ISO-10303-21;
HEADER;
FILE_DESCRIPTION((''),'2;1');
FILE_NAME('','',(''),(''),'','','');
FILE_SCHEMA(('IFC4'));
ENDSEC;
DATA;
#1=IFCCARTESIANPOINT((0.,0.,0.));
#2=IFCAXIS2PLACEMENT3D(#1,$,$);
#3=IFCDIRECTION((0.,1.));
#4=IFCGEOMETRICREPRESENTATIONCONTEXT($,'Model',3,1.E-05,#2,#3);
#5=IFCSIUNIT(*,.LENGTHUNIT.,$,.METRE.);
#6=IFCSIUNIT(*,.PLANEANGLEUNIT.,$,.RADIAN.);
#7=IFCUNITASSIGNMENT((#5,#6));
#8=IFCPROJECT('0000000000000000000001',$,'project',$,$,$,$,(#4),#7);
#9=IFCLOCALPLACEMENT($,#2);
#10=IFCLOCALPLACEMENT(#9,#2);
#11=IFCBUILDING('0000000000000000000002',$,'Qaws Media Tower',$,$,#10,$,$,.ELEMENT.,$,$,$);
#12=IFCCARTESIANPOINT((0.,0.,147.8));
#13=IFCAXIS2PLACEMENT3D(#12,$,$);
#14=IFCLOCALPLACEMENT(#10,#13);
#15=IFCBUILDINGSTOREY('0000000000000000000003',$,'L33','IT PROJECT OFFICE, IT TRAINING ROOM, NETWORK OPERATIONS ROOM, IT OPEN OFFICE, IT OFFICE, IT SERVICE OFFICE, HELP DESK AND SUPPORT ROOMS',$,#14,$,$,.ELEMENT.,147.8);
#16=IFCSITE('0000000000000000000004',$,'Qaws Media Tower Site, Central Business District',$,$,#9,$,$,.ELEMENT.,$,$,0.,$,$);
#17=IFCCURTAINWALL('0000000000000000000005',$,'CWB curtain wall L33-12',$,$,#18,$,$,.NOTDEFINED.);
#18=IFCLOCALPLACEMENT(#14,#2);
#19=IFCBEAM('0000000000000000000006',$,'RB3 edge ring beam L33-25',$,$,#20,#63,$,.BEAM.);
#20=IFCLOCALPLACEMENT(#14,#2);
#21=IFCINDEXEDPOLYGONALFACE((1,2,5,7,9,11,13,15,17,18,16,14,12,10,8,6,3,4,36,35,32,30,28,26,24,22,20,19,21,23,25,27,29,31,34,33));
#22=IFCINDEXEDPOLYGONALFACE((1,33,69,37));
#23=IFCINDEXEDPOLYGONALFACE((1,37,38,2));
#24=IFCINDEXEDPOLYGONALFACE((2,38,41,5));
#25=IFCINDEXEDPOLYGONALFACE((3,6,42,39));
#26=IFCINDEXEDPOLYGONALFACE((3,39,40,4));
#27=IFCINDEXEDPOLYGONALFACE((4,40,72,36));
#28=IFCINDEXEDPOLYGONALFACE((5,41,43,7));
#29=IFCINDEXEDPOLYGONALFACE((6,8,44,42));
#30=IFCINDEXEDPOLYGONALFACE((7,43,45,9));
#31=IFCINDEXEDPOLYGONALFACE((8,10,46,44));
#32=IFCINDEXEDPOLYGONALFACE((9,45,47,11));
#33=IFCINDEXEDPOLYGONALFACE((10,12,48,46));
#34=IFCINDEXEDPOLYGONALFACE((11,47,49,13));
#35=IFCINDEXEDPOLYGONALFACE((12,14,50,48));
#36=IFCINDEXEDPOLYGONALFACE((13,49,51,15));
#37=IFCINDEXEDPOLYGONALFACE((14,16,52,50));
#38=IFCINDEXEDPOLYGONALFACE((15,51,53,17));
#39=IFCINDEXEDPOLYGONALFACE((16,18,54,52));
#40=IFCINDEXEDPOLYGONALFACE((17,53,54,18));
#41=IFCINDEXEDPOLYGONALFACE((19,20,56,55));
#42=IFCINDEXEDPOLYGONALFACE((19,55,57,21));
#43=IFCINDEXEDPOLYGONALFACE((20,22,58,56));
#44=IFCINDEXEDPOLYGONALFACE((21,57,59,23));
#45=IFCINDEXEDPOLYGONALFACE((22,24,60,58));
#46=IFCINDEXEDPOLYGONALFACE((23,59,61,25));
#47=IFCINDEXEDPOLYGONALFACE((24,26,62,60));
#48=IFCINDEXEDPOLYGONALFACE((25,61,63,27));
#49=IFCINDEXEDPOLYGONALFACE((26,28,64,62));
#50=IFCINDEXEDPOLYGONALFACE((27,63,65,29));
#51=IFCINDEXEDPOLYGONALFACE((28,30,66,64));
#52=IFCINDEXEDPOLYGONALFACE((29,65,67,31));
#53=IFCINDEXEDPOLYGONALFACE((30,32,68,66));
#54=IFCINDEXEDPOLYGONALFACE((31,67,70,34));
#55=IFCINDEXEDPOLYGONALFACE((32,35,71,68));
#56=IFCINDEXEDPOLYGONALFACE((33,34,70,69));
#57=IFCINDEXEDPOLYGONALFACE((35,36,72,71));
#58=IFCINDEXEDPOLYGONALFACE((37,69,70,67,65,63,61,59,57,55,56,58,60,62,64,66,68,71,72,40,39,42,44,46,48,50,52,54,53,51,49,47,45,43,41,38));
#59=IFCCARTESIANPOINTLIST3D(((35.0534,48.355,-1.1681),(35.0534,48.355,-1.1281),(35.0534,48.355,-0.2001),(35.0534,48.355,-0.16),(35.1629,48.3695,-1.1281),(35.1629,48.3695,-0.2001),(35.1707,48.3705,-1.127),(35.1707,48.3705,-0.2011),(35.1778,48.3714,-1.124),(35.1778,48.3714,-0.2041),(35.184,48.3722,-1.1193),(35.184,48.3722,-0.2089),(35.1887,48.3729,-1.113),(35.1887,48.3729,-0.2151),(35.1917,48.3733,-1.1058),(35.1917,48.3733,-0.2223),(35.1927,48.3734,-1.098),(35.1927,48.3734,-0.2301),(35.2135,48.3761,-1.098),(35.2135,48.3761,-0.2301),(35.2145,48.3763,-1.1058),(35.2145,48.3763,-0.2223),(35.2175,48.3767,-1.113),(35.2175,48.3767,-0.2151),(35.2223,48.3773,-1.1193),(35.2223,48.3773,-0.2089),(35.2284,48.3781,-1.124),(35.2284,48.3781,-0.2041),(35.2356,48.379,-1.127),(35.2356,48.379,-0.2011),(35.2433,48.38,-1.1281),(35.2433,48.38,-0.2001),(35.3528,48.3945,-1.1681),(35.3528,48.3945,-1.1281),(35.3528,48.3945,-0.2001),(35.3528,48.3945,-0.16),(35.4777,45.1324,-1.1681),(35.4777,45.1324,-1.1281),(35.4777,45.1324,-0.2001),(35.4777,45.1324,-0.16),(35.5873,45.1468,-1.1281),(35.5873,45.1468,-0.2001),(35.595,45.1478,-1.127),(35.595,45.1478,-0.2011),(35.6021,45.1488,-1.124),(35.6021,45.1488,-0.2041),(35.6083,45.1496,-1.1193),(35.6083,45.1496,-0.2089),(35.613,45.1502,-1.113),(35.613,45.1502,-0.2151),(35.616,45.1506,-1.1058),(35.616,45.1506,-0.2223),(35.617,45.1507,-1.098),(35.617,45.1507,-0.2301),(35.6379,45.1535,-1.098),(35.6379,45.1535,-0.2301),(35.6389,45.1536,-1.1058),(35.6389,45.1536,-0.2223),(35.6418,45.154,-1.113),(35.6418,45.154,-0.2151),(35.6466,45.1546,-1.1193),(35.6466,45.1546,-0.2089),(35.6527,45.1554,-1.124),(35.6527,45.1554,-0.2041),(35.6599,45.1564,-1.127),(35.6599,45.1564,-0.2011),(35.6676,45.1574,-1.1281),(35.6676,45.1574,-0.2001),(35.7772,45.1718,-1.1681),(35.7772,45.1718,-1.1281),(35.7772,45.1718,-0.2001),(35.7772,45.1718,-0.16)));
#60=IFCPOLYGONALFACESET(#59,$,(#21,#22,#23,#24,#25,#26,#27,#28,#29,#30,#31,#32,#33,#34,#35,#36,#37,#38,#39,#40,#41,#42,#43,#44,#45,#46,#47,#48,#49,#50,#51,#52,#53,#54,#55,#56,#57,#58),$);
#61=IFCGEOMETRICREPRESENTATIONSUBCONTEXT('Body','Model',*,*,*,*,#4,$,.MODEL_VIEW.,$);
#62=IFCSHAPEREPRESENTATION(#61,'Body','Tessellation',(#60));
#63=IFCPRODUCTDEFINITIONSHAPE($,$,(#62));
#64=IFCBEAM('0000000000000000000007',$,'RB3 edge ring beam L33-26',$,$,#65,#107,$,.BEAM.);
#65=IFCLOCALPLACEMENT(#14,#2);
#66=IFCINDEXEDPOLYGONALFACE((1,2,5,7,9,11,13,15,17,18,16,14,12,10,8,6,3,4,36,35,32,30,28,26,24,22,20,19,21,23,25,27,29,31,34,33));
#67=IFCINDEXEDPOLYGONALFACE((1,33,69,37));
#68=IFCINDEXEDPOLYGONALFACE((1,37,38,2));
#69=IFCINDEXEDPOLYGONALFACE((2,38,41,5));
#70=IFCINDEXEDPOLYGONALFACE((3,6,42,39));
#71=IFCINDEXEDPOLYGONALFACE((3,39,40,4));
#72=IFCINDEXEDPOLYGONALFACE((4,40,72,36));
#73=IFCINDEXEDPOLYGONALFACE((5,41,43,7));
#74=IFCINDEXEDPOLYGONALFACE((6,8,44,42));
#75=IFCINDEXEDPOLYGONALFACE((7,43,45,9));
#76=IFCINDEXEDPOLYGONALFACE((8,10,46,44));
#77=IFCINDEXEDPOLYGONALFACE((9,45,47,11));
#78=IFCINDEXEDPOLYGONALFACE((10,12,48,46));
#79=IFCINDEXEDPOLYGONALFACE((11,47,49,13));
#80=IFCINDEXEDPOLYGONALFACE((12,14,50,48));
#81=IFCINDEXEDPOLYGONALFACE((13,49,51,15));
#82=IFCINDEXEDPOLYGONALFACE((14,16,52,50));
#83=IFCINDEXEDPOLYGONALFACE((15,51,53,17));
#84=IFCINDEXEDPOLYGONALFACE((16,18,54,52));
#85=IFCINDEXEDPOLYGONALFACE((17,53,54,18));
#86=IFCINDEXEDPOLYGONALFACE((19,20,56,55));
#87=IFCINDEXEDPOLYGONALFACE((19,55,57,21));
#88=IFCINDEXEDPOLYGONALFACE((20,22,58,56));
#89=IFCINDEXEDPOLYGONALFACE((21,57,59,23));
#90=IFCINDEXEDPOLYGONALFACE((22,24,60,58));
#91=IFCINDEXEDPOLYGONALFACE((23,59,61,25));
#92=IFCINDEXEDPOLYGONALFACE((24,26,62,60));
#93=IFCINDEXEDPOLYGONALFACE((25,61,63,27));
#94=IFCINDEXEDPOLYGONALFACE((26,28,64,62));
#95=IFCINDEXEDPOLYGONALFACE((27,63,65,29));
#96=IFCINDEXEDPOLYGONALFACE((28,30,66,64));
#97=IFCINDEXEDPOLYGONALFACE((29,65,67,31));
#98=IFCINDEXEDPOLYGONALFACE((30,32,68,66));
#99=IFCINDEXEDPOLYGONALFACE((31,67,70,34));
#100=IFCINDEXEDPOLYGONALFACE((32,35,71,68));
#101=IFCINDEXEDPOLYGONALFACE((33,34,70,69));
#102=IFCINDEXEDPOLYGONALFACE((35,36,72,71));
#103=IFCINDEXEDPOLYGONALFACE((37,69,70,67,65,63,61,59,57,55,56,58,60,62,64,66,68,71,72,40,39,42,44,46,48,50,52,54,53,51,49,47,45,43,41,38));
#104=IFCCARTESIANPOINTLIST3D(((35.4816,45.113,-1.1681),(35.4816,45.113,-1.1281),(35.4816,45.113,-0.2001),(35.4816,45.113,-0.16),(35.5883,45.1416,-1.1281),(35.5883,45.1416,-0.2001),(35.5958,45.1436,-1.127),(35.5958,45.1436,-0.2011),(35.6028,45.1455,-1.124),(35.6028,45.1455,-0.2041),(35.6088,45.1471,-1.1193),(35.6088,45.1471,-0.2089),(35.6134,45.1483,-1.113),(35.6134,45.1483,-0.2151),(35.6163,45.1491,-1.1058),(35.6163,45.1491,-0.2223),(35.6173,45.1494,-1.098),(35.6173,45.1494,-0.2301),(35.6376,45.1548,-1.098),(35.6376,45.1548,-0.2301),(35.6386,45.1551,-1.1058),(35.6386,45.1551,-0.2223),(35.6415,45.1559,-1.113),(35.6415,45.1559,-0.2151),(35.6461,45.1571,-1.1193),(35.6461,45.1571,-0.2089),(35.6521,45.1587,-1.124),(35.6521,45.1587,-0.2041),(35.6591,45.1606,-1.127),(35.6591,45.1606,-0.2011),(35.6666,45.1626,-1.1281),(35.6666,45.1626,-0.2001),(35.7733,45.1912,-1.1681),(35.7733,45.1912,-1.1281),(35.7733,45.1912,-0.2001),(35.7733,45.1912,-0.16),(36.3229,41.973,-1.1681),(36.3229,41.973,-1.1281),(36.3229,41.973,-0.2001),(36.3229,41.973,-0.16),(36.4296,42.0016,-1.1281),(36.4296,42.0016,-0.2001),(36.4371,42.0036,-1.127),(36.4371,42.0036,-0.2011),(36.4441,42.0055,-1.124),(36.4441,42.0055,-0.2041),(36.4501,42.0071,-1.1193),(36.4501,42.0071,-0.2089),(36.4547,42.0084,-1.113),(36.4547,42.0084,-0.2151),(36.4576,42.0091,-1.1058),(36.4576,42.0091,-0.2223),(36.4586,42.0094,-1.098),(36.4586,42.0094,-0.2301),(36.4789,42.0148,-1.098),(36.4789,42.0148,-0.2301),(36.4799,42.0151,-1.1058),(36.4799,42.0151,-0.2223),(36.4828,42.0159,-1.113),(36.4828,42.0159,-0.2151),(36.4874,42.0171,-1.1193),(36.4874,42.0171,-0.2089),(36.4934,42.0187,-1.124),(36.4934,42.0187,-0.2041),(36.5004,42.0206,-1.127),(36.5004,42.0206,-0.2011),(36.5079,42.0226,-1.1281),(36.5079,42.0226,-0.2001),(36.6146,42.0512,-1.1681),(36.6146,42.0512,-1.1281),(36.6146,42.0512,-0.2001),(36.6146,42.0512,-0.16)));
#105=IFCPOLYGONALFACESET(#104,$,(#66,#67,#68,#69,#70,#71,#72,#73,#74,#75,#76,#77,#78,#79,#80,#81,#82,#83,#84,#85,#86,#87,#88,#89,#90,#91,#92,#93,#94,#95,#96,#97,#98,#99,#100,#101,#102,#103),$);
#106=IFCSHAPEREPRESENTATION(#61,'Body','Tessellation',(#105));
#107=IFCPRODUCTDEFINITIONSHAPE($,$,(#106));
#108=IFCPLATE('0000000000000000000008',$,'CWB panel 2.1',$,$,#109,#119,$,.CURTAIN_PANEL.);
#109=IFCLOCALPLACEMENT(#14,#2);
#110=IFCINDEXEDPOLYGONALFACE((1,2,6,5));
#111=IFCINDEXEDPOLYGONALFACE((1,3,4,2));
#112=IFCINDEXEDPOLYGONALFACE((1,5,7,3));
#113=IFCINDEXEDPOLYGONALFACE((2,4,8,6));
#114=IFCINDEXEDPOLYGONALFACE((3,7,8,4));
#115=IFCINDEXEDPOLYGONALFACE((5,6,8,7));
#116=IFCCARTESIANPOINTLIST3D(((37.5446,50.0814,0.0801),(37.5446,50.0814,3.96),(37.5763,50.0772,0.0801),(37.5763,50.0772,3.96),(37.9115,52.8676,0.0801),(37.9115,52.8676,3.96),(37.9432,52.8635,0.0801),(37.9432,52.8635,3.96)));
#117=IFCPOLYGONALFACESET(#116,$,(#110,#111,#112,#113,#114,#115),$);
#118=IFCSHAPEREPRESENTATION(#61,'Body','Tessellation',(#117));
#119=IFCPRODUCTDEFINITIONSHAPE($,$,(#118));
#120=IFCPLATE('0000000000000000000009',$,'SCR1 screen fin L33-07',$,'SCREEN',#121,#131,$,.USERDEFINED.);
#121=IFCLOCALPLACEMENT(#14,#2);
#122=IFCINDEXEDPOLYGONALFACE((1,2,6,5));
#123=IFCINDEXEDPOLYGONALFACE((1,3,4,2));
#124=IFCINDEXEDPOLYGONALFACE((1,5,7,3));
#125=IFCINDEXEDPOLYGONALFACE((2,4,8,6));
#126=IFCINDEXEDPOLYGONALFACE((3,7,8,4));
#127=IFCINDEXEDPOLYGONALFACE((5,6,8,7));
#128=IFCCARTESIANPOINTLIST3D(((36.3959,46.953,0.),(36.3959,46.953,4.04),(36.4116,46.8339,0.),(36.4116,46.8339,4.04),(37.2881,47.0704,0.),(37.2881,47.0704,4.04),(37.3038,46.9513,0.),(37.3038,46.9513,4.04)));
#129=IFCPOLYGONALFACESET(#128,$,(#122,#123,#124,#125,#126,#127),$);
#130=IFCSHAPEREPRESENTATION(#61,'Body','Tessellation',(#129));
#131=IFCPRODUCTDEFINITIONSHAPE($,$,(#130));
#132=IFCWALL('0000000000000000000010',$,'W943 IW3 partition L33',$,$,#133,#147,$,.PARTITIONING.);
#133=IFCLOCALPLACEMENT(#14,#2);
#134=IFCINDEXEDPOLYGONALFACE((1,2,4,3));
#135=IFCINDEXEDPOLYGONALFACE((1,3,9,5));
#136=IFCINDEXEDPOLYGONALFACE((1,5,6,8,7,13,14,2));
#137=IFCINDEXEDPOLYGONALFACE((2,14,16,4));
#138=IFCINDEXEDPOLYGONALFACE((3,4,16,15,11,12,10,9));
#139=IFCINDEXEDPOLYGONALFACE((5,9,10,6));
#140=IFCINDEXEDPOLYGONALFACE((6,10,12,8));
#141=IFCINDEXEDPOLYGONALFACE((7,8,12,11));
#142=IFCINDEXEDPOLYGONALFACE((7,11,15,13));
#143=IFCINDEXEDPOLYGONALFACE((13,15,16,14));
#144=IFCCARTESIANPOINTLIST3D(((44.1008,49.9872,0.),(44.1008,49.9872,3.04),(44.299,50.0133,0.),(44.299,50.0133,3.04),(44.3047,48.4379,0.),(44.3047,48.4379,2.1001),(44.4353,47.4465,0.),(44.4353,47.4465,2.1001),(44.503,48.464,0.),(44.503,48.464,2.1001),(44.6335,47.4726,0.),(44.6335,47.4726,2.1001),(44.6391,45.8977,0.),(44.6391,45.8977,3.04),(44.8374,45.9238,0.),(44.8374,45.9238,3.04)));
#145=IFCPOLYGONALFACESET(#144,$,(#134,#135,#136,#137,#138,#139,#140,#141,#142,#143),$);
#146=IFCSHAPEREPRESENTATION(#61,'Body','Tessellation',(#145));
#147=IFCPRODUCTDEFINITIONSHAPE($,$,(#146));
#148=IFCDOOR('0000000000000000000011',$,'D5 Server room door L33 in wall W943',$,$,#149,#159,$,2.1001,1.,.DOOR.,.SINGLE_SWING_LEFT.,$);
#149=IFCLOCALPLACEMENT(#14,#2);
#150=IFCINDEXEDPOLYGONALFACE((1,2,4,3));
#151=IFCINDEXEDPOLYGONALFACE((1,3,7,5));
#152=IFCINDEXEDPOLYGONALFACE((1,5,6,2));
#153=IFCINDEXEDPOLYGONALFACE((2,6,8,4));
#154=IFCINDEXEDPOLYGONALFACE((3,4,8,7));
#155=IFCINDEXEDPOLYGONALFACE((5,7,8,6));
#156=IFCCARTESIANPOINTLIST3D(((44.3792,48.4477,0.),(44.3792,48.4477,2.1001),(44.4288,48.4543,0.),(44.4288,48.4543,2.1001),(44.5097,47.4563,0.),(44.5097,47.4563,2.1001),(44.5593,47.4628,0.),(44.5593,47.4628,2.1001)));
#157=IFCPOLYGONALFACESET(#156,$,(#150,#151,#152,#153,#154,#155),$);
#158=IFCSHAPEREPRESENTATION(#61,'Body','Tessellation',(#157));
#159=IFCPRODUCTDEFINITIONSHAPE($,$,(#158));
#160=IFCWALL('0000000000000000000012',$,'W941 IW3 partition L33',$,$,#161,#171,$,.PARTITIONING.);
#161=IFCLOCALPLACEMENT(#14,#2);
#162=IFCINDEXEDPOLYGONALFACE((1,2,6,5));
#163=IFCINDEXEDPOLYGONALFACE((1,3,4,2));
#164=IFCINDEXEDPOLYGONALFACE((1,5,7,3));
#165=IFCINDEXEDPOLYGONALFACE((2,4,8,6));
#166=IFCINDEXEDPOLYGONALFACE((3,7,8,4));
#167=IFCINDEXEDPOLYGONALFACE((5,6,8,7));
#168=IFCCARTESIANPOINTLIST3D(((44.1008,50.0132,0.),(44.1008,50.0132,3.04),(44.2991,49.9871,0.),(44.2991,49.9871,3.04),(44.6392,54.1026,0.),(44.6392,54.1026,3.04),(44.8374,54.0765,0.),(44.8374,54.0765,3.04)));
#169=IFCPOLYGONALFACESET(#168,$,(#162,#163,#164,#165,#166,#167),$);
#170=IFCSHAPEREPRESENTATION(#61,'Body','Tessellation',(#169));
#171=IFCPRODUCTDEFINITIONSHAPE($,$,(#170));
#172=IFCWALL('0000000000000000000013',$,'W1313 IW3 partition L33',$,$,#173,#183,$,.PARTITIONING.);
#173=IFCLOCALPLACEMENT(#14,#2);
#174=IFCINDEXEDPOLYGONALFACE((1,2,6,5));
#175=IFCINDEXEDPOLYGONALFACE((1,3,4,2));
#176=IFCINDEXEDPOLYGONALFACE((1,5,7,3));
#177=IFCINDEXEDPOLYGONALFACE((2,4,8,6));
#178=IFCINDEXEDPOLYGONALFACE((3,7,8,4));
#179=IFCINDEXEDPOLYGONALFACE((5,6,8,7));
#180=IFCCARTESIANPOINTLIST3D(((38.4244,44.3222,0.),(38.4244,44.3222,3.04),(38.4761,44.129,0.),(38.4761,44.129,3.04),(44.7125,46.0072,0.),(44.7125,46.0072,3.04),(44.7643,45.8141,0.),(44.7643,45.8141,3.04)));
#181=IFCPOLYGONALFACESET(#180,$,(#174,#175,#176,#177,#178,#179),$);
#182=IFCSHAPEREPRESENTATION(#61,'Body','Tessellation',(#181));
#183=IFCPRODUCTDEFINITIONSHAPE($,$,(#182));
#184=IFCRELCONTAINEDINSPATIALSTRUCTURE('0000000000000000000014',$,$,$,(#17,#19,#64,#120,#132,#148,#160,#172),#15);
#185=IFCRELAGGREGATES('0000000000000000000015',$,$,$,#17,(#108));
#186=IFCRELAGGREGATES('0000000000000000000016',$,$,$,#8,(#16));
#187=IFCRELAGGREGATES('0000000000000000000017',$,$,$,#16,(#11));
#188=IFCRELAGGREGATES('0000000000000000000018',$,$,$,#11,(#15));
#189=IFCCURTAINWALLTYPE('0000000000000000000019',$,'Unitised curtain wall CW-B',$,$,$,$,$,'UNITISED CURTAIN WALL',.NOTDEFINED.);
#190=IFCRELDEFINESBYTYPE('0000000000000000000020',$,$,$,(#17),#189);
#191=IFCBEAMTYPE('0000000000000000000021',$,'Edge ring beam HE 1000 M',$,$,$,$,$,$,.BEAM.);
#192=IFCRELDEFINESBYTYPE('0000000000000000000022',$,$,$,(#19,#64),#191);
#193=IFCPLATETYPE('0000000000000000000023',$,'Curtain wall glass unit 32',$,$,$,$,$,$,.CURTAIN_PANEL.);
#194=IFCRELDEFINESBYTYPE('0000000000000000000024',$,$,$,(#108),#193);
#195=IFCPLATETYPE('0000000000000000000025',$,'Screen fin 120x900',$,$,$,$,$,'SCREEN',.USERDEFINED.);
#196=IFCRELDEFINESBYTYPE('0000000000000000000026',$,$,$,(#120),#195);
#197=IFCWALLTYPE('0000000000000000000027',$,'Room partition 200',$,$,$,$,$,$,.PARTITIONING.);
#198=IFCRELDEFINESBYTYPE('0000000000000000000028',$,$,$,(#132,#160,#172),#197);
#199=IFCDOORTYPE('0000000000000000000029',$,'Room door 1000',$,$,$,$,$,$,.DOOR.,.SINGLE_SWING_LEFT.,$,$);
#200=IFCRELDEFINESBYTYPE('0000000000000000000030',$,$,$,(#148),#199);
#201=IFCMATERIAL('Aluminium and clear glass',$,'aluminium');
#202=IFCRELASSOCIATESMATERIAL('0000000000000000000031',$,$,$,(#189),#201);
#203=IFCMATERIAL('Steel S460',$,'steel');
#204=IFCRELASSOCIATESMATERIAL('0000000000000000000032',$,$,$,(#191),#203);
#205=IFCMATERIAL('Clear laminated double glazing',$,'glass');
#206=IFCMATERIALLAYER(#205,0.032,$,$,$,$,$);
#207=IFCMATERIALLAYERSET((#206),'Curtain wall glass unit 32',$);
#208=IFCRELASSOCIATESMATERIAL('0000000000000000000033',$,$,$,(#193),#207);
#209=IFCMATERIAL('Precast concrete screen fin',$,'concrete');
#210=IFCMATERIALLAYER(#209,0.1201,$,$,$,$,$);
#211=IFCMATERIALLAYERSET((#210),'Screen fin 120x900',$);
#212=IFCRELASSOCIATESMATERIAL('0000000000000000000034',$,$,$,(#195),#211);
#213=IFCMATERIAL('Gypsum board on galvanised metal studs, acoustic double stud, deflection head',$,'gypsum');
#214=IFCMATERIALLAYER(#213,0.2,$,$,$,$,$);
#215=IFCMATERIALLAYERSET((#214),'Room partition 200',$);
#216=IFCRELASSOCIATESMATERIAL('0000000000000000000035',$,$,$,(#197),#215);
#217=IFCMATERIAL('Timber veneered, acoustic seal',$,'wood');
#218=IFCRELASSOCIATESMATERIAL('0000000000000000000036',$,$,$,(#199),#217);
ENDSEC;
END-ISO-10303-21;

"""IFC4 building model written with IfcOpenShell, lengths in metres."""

from ifc_helpers import new_model, si_unit, direction, frame, frame_2d, origin, origin_2d, place, context, subcontext, project, spatial, rectangle, i_section, extrude, material, layer, layer_set, material_profile, profile_set, type_object, element, fill, aggregate, save


model = new_model("IFC4")

# Units and contexts
model_context = context("Model", 3, precision=1e-05, world=origin(), true_north=direction((0.0, 1.0)))
body_context = subcontext(model_context, "Body", "Model", "MODEL_VIEW")
ifc_project = project(units=[si_unit("LENGTHUNIT", "METRE"), si_unit("PLANEANGLEUNIT", "RADIAN")], contexts=[model_context])

# Site, building, storey
site_placement = place(None, origin())
site = spatial("IfcSite", under=ifc_project, at=site_placement, Name="Qaws Media Tower Site, Central Business District", CompositionType="ELEMENT", RefElevation=0.0)
building_placement = place(site_placement, origin())
building = spatial("IfcBuilding", under=site, at=building_placement, Name="Qaws Media Tower", CompositionType="ELEMENT")
storey_placement = place(building_placement, frame((0.0, 0.0, 147.8)))
storey = spatial("IfcBuildingStorey", under=building, at=storey_placement, Name="L33", Description="IT PROJECT OFFICE, IT TRAINING ROOM, NETWORK OPERATIONS ROOM, IT OPEN OFFICE, IT OFFICE, IT SERVICE OFFICE, HELP DESK AND SUPPORT ROOMS", CompositionType="ELEMENT", Elevation=147.8)

# Curtain wall
ifc_material_1 = material(Name="Aluminium and clear glass", Category="aluminium")
curtain_wall_type = type_object("IfcCurtainWallType", Name="Unitised curtain wall CW-B", ElementType="UNITISED CURTAIN WALL", PredefinedType="NOTDEFINED", material=ifc_material_1)
curtain_wall_1_placement = place(storey_placement, origin())
curtain_wall_1 = element("IfcCurtainWall", 1, at=curtain_wall_1_placement, inside=storey, type_object=curtain_wall_type, Name="CWB curtain wall L33-12", PredefinedType="NOTDEFINED")

# Beams
ifc_material_2 = material(Name="Steel S460", Category="steel")
ifc_material_profile_1 = material_profile(ifc_material_2, i_section(OverallWidth=0.302, OverallDepth=1.0081, WebThickness=0.021, FlangeThickness=0.04, FilletRadius=0.03, at=origin_2d()), Name="HE 1000 M")
ifc_profile_set_1 = profile_set([ifc_material_profile_1], Name="Steel S460")
beam_type = type_object("IfcBeamType", Name="Edge ring beam HE 1000 M", PredefinedType="BEAM", material=ifc_profile_set_1)
beam_1_placement = place(storey_placement, frame((35.2031, 48.3748, -0.6641), z_axis=(0.13054, -0.991443, 0.0), x_axis=(0.991443, 0.13054, 0.0)))
element("IfcBeam", 2, at=beam_1_placement, inside=storey, type_object=beam_type, Name="RB3 edge ring beam L33-25", PredefinedType="BEAM", context=body_context, shape_type="SweptSolid", body=[
    extrude(i_section(OverallWidth=0.302, OverallDepth=1.0081, WebThickness=0.021, FlangeThickness=0.04, FilletRadius=0.03, at=origin_2d()), origin(), (0.0, 0.0, 1.0), 3.2505),
])
beam_2_placement = place(storey_placement, frame((35.6274, 45.1521, -0.6641), z_axis=(0.258812, -0.965928, 0.0), x_axis=(0.965928, 0.258812, 0.0)))
element("IfcBeam", 3, at=beam_2_placement, inside=storey, type_object=beam_type, Name="RB3 edge ring beam L33-26", PredefinedType="BEAM", context=body_context, shape_type="SweptSolid", body=[
    extrude(i_section(OverallWidth=0.302, OverallDepth=1.0081, WebThickness=0.021, FlangeThickness=0.04, FilletRadius=0.03, at=origin_2d()), origin(), (0.0, 0.0, 1.0), 3.2507),
])

# Plates
ifc_material_3 = material(Name="Clear laminated double glazing", Category="glass")
ifc_layer_1 = layer(ifc_material_3, 0.032)
ifc_layer_set_1 = layer_set([ifc_layer_1], Name="Curtain wall glass unit 32")
plate_type_1 = type_object("IfcPlateType", Name="Curtain wall glass unit 32", PredefinedType="CURTAIN_PANEL", material=ifc_layer_set_1)
plate_1_placement = place(storey_placement, frame((37.7439, 51.4724, 0.0801), z_axis=(0.0, 0.0, 1.0), x_axis=(-0.130526, -0.991445, 0.0)))
plate_1 = element("IfcPlate", 4, at=plate_1_placement, type_object=plate_type_1, Name="CWB panel 2.1", PredefinedType="CURTAIN_PANEL", context=body_context, shape_type="SweptSolid", body=[
    extrude(rectangle(XDim=2.8103, YDim=0.032, at=origin_2d()), origin(), (0.0, 0.0, 1.0), 3.8799),
])
aggregate(curtain_wall_1, [plate_1])
ifc_material_4 = material(Name="Precast concrete screen fin", Category="concrete")
ifc_layer_2 = layer(ifc_material_4, 0.1201)
ifc_layer_set_2 = layer_set([ifc_layer_2], Name="Screen fin 120x900")
plate_type_2 = type_object("IfcPlateType", Name="Screen fin 120x900", ElementType="SCREEN", PredefinedType="USERDEFINED", material=ifc_layer_set_2)
plate_2_placement = place(storey_placement, frame((36.8499, 46.9521, 0.0), z_axis=(0.0, 0.0, 1.0), x_axis=(-0.991445, -0.130526, 0.0)))
element("IfcPlate", 5, at=plate_2_placement, inside=storey, type_object=plate_type_2, Name="SCR1 screen fin L33-07", ObjectType="SCREEN", PredefinedType="USERDEFINED", context=body_context, shape_type="SweptSolid", body=[
    extrude(rectangle(XDim=0.8999, YDim=0.1201, at=origin_2d()), origin(), (0.0, 0.0, 1.0), 4.04),
])

# Wall, opening, door
ifc_material_5 = material(Name="Gypsum board on galvanised metal studs, acoustic double stud, deflection head", Category="gypsum")
ifc_layer_3 = layer(ifc_material_5, 0.2)
ifc_layer_set_3 = layer_set([ifc_layer_3], Name="Room partition 200")
wall_type_1 = type_object("IfcWallType", Name="Room partition 200", PredefinedType="PARTITIONING", material=ifc_layer_set_3)
wall_1_placement = place(storey_placement, frame((44.7383, 45.9106, 0.0), z_axis=(0.0, 0.0, 1.0), x_axis=(-0.130516, 0.991446, 0.0)))
wall_1 = element("IfcWall", 6, at=wall_1_placement, inside=storey, type_object=wall_type_1, Name="W943 IW3 partition L33", PredefinedType="PARTITIONING", context=body_context, shape_type="SweptSolid", body=[
    extrude(rectangle(XDim=4.1248, YDim=0.2, at=frame_2d((2.0625, 0.0))), origin(), (0.0, 0.0, 1.0), 3.04),
])
opening_1_placement = place(wall_1_placement, frame((1.5623, 0.0, 0.0)))
opening_1 = element("IfcOpeningElement", 7, at=opening_1_placement, cuts=wall_1, PredefinedType="OPENING", context=body_context, shape_type="SweptSolid", body=[
    extrude(rectangle(XDim=1.0, YDim=2.1001, at=frame_2d((0.5, 1.05))), frame((0.0, 0.1099, 0.0), z_axis=(0.0, -1.0, 0.0), x_axis=(1.0, 0.0, 0.0)), (0.0, 0.0, 1.0), 0.22),
])
ifc_material_6 = material(Name="Timber veneered, acoustic seal", Category="wood")
door_type_1 = type_object("IfcDoorType", Name="Room door 1000", OperationType="SINGLE_SWING_LEFT", PredefinedType="DOOR", material=ifc_material_6)
door_1_placement = place(opening_1_placement, origin())
door_1 = element("IfcDoor", 8, at=door_1_placement, inside=storey, type_object=door_type_1, Name="D5 Server room door L33 in wall W943", OperationType="SINGLE_SWING_LEFT", OverallHeight=2.1001, OverallWidth=1.0, PredefinedType="DOOR", context=body_context, shape_type="SweptSolid", body=[
    extrude(rectangle(XDim=1.0, YDim=2.1001, at=frame_2d((0.5, 1.05))), frame((0.0, 0.0249, 0.0), z_axis=(0.0, -1.0, 0.0), x_axis=(1.0, 0.0, 0.0)), (0.0, 0.0, 1.0), 0.05),
])
fill(opening_1, door_1)

# Walls
wall_2_placement = place(storey_placement, frame((44.2, 50.0, 0.0), z_axis=(0.0, 0.0, 1.0), x_axis=(0.130516, 0.991446, 0.0)))
element("IfcWall", 9, at=wall_2_placement, inside=storey, type_object=wall_type_1, Name="W941 IW3 partition L33", PredefinedType="PARTITIONING", context=body_context, shape_type="SweptSolid", body=[
    extrude(rectangle(XDim=4.1248, YDim=0.2, at=frame_2d((2.0625, 0.0))), origin(), (0.0, 0.0, 1.0), 3.04),
])
wall_3_placement = place(storey_placement, frame((44.7383, 45.9106, 0.0), z_axis=(0.0, 0.0, 1.0), x_axis=(-0.965919, -0.258844, 0.0)))
element("IfcWall", 10, at=wall_3_placement, inside=storey, type_object=wall_type_1, Name="W1313 IW3 partition L33", PredefinedType="PARTITIONING", context=body_context, shape_type="SweptSolid", body=[
    extrude(rectangle(XDim=6.51, YDim=0.2, at=frame_2d((3.2549, 0.0))), origin(), (0.0, 0.0, 1.0), 3.04),
])

save(model, "model.ifc")
